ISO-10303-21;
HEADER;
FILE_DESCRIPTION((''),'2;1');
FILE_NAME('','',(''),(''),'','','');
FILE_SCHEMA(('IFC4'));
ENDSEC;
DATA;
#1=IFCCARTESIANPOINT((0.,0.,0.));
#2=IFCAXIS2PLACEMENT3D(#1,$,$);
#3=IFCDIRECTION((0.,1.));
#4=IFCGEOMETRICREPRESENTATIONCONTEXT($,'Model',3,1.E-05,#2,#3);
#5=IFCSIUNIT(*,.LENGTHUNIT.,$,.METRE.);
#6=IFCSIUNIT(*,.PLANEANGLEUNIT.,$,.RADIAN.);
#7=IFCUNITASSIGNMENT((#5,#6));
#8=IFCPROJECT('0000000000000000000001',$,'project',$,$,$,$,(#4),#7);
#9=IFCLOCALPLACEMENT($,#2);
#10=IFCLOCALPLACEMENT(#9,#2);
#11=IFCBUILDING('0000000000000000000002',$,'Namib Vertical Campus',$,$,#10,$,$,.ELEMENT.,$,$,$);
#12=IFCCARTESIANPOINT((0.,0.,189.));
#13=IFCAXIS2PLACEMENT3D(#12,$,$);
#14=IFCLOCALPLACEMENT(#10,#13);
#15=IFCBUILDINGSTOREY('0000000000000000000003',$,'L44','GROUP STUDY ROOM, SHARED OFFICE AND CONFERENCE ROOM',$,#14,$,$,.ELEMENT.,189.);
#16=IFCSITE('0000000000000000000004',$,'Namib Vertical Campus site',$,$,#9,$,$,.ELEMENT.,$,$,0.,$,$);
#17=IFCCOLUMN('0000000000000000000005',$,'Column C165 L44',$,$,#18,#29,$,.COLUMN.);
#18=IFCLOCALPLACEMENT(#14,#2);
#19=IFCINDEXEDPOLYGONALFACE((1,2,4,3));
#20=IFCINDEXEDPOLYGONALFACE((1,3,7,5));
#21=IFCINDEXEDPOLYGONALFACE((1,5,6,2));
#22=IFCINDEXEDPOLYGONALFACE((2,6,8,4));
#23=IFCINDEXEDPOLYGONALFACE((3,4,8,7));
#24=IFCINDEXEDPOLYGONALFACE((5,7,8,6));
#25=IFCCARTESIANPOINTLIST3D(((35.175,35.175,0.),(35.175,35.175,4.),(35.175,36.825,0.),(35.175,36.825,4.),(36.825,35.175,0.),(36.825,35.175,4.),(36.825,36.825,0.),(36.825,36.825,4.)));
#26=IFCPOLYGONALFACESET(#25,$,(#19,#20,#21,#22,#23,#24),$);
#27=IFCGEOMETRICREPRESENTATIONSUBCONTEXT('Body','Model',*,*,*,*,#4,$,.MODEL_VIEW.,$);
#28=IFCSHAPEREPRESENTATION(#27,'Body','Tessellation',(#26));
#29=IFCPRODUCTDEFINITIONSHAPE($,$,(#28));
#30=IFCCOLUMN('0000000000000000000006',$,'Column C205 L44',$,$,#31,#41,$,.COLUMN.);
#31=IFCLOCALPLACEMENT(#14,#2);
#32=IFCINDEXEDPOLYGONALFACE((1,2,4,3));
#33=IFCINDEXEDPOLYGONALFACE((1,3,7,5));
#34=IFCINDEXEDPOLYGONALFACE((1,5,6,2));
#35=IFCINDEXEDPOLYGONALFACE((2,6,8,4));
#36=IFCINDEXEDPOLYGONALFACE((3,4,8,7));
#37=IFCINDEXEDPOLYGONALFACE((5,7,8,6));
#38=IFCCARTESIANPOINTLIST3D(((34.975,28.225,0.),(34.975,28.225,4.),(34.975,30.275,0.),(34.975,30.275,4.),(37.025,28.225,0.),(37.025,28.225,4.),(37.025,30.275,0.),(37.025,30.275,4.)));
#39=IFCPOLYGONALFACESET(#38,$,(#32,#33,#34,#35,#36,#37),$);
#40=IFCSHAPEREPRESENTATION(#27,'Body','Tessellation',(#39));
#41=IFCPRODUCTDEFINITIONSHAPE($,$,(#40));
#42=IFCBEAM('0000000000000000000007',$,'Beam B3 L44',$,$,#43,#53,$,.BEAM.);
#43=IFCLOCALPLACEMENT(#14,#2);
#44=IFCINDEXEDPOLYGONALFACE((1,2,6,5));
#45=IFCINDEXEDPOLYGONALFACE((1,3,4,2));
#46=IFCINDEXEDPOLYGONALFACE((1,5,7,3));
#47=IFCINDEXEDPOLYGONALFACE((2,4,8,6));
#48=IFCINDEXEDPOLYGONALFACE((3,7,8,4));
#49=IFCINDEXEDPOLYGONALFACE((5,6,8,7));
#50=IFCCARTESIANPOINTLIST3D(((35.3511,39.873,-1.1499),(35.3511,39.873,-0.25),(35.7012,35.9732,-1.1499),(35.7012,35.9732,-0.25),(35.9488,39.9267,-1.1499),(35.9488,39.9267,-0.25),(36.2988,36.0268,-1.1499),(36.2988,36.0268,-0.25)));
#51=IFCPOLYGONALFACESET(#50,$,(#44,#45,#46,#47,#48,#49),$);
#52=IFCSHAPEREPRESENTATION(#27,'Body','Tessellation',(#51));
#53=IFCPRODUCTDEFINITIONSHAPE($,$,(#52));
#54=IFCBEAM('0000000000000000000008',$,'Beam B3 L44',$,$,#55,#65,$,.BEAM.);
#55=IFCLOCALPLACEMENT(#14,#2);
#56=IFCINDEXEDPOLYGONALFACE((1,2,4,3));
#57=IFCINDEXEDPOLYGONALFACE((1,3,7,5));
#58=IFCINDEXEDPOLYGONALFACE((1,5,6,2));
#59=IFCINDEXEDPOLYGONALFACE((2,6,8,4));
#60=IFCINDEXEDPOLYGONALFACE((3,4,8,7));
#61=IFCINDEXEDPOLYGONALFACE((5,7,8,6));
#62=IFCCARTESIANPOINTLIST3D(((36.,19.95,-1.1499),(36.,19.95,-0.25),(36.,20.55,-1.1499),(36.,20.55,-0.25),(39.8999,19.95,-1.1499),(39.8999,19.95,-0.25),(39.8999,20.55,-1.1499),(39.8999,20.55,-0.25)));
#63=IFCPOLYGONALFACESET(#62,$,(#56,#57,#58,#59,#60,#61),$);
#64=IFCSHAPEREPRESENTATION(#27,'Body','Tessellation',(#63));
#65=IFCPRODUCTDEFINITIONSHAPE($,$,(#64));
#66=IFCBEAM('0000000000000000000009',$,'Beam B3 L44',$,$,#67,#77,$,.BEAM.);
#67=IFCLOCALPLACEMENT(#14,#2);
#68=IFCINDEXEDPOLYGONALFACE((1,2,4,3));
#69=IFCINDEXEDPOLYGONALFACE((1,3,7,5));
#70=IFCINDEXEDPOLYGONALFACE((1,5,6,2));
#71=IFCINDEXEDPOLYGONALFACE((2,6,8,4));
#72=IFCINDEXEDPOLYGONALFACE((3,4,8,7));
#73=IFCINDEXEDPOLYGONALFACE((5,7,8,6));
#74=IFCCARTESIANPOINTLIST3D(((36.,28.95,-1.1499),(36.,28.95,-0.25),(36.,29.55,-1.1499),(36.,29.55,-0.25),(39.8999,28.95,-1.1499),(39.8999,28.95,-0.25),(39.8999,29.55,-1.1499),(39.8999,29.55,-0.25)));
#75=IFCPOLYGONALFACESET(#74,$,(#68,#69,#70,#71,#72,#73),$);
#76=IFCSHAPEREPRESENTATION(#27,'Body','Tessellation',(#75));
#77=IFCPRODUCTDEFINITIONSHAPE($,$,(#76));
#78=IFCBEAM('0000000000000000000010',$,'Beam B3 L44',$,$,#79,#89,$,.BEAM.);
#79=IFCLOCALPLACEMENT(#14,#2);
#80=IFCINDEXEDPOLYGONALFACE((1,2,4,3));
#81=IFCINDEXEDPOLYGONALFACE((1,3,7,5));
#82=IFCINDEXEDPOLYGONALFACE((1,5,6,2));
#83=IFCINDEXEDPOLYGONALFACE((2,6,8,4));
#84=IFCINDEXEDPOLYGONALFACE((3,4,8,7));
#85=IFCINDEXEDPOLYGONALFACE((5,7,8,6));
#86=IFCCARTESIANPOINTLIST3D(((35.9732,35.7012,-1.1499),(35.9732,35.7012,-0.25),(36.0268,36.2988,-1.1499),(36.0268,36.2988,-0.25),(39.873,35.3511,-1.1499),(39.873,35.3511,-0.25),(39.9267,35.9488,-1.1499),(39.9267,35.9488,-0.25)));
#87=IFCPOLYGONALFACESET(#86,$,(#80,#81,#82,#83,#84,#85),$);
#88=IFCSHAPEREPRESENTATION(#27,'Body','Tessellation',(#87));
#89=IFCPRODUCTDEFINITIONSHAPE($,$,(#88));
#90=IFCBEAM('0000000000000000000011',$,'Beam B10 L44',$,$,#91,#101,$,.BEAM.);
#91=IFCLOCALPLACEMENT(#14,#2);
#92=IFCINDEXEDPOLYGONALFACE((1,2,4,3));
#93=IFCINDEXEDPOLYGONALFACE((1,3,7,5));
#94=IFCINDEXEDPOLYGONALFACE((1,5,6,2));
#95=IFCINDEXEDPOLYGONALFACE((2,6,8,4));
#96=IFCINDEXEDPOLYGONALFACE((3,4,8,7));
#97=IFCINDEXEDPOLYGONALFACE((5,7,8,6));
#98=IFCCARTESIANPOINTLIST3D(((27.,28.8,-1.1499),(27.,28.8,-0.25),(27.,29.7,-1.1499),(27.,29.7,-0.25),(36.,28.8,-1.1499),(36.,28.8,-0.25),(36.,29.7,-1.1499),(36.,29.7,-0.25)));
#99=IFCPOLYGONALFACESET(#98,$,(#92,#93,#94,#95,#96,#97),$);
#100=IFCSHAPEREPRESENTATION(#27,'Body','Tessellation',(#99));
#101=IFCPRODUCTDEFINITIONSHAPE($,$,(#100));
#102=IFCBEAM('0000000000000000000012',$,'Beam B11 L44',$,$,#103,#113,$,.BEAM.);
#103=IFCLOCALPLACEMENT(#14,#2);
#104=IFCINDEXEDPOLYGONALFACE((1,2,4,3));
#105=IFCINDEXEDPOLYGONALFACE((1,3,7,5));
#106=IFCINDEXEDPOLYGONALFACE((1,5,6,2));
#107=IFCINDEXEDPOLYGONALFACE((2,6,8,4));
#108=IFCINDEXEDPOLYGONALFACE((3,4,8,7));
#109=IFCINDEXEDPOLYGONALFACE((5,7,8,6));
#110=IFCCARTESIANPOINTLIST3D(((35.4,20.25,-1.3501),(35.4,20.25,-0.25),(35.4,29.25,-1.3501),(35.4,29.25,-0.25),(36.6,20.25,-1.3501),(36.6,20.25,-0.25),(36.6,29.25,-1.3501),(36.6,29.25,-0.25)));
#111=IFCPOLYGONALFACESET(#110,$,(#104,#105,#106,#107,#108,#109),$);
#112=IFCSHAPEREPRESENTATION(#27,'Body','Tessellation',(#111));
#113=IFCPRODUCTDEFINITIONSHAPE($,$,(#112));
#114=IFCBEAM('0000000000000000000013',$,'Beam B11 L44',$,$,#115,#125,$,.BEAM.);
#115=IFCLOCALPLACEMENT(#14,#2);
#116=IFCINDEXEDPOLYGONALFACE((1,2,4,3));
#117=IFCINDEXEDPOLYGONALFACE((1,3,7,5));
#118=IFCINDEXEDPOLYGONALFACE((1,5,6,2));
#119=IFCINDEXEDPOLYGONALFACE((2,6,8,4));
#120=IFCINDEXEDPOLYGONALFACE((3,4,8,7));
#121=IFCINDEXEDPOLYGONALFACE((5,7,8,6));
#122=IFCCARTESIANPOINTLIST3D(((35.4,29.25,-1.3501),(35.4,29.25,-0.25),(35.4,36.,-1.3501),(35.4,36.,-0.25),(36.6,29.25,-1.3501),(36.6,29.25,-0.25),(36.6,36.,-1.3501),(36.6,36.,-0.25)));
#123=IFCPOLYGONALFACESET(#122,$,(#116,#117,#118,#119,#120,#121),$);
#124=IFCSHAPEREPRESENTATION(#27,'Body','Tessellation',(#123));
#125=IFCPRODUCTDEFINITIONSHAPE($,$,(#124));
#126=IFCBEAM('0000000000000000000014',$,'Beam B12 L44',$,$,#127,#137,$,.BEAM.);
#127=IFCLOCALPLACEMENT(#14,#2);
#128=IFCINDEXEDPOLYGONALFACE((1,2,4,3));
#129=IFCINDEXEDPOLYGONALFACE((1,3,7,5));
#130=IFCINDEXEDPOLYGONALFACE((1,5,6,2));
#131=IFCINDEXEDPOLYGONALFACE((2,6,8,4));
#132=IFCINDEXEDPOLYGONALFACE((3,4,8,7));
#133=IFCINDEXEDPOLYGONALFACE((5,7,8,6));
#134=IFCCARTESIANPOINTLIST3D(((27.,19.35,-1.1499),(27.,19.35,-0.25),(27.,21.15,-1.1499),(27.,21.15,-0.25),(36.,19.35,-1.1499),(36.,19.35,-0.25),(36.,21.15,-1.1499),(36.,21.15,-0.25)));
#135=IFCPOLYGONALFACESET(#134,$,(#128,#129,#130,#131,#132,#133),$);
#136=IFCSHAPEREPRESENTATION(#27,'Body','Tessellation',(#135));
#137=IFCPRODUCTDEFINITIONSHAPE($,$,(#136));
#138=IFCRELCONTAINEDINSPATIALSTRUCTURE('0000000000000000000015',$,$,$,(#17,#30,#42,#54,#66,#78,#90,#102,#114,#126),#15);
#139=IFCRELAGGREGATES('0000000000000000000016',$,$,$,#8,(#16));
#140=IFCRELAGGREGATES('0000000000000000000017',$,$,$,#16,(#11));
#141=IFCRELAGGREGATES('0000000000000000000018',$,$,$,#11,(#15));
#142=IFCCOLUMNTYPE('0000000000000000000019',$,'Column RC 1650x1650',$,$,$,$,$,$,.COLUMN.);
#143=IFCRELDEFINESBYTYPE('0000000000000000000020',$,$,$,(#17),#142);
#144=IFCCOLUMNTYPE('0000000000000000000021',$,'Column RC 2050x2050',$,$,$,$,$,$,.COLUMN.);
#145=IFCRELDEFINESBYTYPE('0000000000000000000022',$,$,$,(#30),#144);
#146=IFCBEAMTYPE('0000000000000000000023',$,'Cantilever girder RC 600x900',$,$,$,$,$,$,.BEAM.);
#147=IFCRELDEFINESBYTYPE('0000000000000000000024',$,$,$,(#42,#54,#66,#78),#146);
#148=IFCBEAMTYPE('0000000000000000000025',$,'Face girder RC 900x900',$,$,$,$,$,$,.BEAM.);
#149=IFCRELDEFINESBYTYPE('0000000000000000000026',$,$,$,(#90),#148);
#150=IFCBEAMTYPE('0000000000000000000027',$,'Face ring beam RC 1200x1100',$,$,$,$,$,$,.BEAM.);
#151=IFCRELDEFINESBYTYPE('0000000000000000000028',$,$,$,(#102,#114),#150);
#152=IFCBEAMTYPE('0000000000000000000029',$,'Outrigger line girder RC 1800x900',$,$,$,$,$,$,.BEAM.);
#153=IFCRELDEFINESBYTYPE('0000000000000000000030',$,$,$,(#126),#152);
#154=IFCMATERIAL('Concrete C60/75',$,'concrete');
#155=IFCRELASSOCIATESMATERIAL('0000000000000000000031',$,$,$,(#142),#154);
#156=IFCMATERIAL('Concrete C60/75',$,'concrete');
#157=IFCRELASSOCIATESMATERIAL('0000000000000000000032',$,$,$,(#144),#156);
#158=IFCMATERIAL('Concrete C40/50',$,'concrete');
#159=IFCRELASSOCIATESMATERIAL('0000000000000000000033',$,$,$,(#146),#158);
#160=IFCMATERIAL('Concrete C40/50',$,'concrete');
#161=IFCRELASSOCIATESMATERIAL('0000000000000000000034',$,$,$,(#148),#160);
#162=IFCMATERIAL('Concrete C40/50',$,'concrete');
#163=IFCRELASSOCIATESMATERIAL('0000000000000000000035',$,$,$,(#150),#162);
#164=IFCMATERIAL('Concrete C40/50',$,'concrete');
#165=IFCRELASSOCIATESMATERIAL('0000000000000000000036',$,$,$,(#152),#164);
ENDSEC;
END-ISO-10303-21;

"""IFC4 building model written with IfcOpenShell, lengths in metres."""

from ifc_helpers import new_model, si_unit, direction, frame, origin, origin_2d, place, context, subcontext, project, spatial, rectangle, extrude, material, material_profile, profile_set, type_object, element, save


model = new_model("IFC4")

# Units and contexts
model_context = context("Model", 3, precision=1e-05, world=origin(), true_north=direction((0.0, 1.0)))
body_context = subcontext(model_context, "Body", "Model", "MODEL_VIEW")
ifc_project = project(units=[si_unit("LENGTHUNIT", "METRE"), si_unit("PLANEANGLEUNIT", "RADIAN")], contexts=[model_context])

# Site, building, storey
site_placement = place(None, origin())
site = spatial("IfcSite", under=ifc_project, at=site_placement, Name="Namib Vertical Campus site", CompositionType="ELEMENT", RefElevation=0.0)
building_placement = place(site_placement, origin())
building = spatial("IfcBuilding", under=site, at=building_placement, Name="Namib Vertical Campus", CompositionType="ELEMENT")
storey_placement = place(building_placement, frame((0.0, 0.0, 189.0)))
storey = spatial("IfcBuildingStorey", under=building, at=storey_placement, Name="L44", Description="GROUP STUDY ROOM, SHARED OFFICE AND CONFERENCE ROOM", CompositionType="ELEMENT", Elevation=189.0)

# Columns
ifc_material_1 = material(Name="Concrete C60/75", Category="concrete")
ifc_material_profile_1 = material_profile(ifc_material_1, rectangle(XDim=1.6499, YDim=1.6499, at=origin_2d()))
ifc_profile_set_1 = profile_set([ifc_material_profile_1], Name="Concrete C60/75")
column_type_1 = type_object("IfcColumnType", Name="Column RC 1650x1650", PredefinedType="COLUMN", material=ifc_profile_set_1)
column_1_placement = place(storey_placement, frame((36.0, 36.0, 0.0), z_axis=(0.0, 0.0, 1.0), x_axis=(1.0, 0.0, 0.0)))
element("IfcColumn", 1, at=column_1_placement, inside=storey, type_object=column_type_1, Name="Column C165 L44", PredefinedType="COLUMN", context=body_context, shape_type="SweptSolid", body=[
    extrude(rectangle(XDim=1.6499, YDim=1.6499, at=origin_2d()), origin(), (0.0, 0.0, 1.0), 4.0),
])
ifc_material_2 = material(Name="Concrete C60/75", Category="concrete")
ifc_material_profile_2 = material_profile(ifc_material_2, rectangle(XDim=2.05, YDim=2.05, at=origin_2d()))
ifc_profile_set_2 = profile_set([ifc_material_profile_2], Name="Concrete C60/75")
column_type_2 = type_object("IfcColumnType", Name="Column RC 2050x2050", PredefinedType="COLUMN", material=ifc_profile_set_2)
column_2_placement = place(storey_placement, frame((36.0, 29.25, 0.0), z_axis=(0.0, 0.0, 1.0), x_axis=(1.0, 0.0, 0.0)))
element("IfcColumn", 2, at=column_2_placement, inside=storey, type_object=column_type_2, Name="Column C205 L44", PredefinedType="COLUMN", context=body_context, shape_type="SweptSolid", body=[
    extrude(rectangle(XDim=2.05, YDim=2.05, at=origin_2d()), origin(), (0.0, 0.0, 1.0), 4.0),
])

# Beams
ifc_material_3 = material(Name="Concrete C40/50", Category="concrete")
ifc_material_profile_3 = material_profile(ifc_material_3, rectangle(XDim=0.6001, YDim=0.8999, at=origin_2d()))
ifc_profile_set_3 = profile_set([ifc_material_profile_3], Name="Concrete C40/50")
beam_type_1 = type_object("IfcBeamType", Name="Cantilever girder RC 600x900", PredefinedType="BEAM", material=ifc_profile_set_3)
beam_1_placement = place(storey_placement, frame((36.0, 36.0, -0.7), z_axis=(-0.089411, 0.995995, 0.0), x_axis=(-0.995995, -0.089411, 0.0)))
element("IfcBeam", 3, at=beam_1_placement, inside=storey, type_object=beam_type_1, Name="Beam B3 L44", PredefinedType="BEAM", context=body_context, shape_type="SweptSolid", body=[
    extrude(rectangle(XDim=0.6001, YDim=0.8999, at=origin_2d()), origin(), (0.0, 0.0, 1.0), 3.9155),
])
for number, where, z_axis, x_axis, name in (
    (4, (36.0, 20.25, -0.7), (1.0, 0.0, 0.0), (0.0, 1.0, 0.0), "Beam B3 L44"),
    (5, (36.0, 29.25, -0.7), (1.0, 0.0, 0.0), (0.0, 1.0, 0.0), "Beam B3 L44"),
):
    element("IfcBeam", number, at=place(storey_placement, frame(where, z_axis=z_axis, x_axis=x_axis)), inside=storey, type_object=beam_type_1, Name=name, PredefinedType="BEAM", context=body_context, shape_type="SweptSolid", body=[
        extrude(rectangle(XDim=0.6001, YDim=0.8999, at=origin_2d()), origin(), (0.0, 0.0, 1.0), 3.8999),
    ])
beam_2_placement = place(storey_placement, frame((36.0, 36.0, -0.7), z_axis=(0.995995, -0.089411, 0.0), x_axis=(0.089411, 0.995995, 0.0)))
element("IfcBeam", 6, at=beam_2_placement, inside=storey, type_object=beam_type_1, Name="Beam B3 L44", PredefinedType="BEAM", context=body_context, shape_type="SweptSolid", body=[
    extrude(rectangle(XDim=0.6001, YDim=0.8999, at=origin_2d()), origin(), (0.0, 0.0, 1.0), 3.9155),
])
ifc_material_4 = material(Name="Concrete C40/50", Category="concrete")
ifc_material_profile_4 = material_profile(ifc_material_4, rectangle(XDim=0.8999, YDim=0.8999, at=origin_2d()))
ifc_profile_set_4 = profile_set([ifc_material_profile_4], Name="Concrete C40/50")
beam_type_2 = type_object("IfcBeamType", Name="Face girder RC 900x900", PredefinedType="BEAM", material=ifc_profile_set_4)
beam_3_placement = place(storey_placement, frame((36.0, 29.25, -0.7), z_axis=(-1.0, 0.0, 0.0), x_axis=(0.0, -1.0, 0.0)))
element("IfcBeam", 7, at=beam_3_placement, inside=storey, type_object=beam_type_2, Name="Beam B10 L44", PredefinedType="BEAM", context=body_context, shape_type="SweptSolid", body=[
    extrude(rectangle(XDim=0.8999, YDim=0.8999, at=origin_2d()), origin(), (0.0, 0.0, 1.0), 9.0),
])
ifc_material_5 = material(Name="Concrete C40/50", Category="concrete")
ifc_material_profile_5 = material_profile(ifc_material_5, rectangle(XDim=1.2, YDim=1.1001, at=origin_2d()))
ifc_profile_set_5 = profile_set([ifc_material_profile_5], Name="Concrete C40/50")
beam_type_3 = type_object("IfcBeamType", Name="Face ring beam RC 1200x1100", PredefinedType="BEAM", material=ifc_profile_set_5)
beam_4_placement = place(storey_placement, frame((36.0, 20.25, -0.8), z_axis=(0.0, 1.0, 0.0), x_axis=(-1.0, 0.0, 0.0)))
element("IfcBeam", 8, at=beam_4_placement, inside=storey, type_object=beam_type_3, Name="Beam B11 L44", PredefinedType="BEAM", context=body_context, shape_type="SweptSolid", body=[
    extrude(rectangle(XDim=1.2, YDim=1.1001, at=origin_2d()), origin(), (0.0, 0.0, 1.0), 9.0),
])
beam_5_placement = place(storey_placement, frame((36.0, 29.25, -0.8), z_axis=(0.0, 1.0, 0.0), x_axis=(-1.0, 0.0, 0.0)))
element("IfcBeam", 9, at=beam_5_placement, inside=storey, type_object=beam_type_3, Name="Beam B11 L44", PredefinedType="BEAM", context=body_context, shape_type="SweptSolid", body=[
    extrude(rectangle(XDim=1.2, YDim=1.1001, at=origin_2d()), origin(), (0.0, 0.0, 1.0), 6.75),
])
ifc_material_6 = material(Name="Concrete C40/50", Category="concrete")
ifc_material_profile_6 = material_profile(ifc_material_6, rectangle(XDim=1.8, YDim=0.8999, at=origin_2d()))
ifc_profile_set_6 = profile_set([ifc_material_profile_6], Name="Concrete C40/50")
beam_type_4 = type_object("IfcBeamType", Name="Outrigger line girder RC 1800x900", PredefinedType="BEAM", material=ifc_profile_set_6)
beam_6_placement = place(storey_placement, frame((36.0, 20.25, -0.7), z_axis=(-1.0, 0.0, 0.0), x_axis=(0.0, -1.0, 0.0)))
element("IfcBeam", 10, at=beam_6_placement, inside=storey, type_object=beam_type_4, Name="Beam B12 L44", PredefinedType="BEAM", context=body_context, shape_type="SweptSolid", body=[
    extrude(rectangle(XDim=1.8, YDim=0.8999, at=origin_2d()), origin(), (0.0, 0.0, 1.0), 9.0),
])

save(model, "model.ifc")
